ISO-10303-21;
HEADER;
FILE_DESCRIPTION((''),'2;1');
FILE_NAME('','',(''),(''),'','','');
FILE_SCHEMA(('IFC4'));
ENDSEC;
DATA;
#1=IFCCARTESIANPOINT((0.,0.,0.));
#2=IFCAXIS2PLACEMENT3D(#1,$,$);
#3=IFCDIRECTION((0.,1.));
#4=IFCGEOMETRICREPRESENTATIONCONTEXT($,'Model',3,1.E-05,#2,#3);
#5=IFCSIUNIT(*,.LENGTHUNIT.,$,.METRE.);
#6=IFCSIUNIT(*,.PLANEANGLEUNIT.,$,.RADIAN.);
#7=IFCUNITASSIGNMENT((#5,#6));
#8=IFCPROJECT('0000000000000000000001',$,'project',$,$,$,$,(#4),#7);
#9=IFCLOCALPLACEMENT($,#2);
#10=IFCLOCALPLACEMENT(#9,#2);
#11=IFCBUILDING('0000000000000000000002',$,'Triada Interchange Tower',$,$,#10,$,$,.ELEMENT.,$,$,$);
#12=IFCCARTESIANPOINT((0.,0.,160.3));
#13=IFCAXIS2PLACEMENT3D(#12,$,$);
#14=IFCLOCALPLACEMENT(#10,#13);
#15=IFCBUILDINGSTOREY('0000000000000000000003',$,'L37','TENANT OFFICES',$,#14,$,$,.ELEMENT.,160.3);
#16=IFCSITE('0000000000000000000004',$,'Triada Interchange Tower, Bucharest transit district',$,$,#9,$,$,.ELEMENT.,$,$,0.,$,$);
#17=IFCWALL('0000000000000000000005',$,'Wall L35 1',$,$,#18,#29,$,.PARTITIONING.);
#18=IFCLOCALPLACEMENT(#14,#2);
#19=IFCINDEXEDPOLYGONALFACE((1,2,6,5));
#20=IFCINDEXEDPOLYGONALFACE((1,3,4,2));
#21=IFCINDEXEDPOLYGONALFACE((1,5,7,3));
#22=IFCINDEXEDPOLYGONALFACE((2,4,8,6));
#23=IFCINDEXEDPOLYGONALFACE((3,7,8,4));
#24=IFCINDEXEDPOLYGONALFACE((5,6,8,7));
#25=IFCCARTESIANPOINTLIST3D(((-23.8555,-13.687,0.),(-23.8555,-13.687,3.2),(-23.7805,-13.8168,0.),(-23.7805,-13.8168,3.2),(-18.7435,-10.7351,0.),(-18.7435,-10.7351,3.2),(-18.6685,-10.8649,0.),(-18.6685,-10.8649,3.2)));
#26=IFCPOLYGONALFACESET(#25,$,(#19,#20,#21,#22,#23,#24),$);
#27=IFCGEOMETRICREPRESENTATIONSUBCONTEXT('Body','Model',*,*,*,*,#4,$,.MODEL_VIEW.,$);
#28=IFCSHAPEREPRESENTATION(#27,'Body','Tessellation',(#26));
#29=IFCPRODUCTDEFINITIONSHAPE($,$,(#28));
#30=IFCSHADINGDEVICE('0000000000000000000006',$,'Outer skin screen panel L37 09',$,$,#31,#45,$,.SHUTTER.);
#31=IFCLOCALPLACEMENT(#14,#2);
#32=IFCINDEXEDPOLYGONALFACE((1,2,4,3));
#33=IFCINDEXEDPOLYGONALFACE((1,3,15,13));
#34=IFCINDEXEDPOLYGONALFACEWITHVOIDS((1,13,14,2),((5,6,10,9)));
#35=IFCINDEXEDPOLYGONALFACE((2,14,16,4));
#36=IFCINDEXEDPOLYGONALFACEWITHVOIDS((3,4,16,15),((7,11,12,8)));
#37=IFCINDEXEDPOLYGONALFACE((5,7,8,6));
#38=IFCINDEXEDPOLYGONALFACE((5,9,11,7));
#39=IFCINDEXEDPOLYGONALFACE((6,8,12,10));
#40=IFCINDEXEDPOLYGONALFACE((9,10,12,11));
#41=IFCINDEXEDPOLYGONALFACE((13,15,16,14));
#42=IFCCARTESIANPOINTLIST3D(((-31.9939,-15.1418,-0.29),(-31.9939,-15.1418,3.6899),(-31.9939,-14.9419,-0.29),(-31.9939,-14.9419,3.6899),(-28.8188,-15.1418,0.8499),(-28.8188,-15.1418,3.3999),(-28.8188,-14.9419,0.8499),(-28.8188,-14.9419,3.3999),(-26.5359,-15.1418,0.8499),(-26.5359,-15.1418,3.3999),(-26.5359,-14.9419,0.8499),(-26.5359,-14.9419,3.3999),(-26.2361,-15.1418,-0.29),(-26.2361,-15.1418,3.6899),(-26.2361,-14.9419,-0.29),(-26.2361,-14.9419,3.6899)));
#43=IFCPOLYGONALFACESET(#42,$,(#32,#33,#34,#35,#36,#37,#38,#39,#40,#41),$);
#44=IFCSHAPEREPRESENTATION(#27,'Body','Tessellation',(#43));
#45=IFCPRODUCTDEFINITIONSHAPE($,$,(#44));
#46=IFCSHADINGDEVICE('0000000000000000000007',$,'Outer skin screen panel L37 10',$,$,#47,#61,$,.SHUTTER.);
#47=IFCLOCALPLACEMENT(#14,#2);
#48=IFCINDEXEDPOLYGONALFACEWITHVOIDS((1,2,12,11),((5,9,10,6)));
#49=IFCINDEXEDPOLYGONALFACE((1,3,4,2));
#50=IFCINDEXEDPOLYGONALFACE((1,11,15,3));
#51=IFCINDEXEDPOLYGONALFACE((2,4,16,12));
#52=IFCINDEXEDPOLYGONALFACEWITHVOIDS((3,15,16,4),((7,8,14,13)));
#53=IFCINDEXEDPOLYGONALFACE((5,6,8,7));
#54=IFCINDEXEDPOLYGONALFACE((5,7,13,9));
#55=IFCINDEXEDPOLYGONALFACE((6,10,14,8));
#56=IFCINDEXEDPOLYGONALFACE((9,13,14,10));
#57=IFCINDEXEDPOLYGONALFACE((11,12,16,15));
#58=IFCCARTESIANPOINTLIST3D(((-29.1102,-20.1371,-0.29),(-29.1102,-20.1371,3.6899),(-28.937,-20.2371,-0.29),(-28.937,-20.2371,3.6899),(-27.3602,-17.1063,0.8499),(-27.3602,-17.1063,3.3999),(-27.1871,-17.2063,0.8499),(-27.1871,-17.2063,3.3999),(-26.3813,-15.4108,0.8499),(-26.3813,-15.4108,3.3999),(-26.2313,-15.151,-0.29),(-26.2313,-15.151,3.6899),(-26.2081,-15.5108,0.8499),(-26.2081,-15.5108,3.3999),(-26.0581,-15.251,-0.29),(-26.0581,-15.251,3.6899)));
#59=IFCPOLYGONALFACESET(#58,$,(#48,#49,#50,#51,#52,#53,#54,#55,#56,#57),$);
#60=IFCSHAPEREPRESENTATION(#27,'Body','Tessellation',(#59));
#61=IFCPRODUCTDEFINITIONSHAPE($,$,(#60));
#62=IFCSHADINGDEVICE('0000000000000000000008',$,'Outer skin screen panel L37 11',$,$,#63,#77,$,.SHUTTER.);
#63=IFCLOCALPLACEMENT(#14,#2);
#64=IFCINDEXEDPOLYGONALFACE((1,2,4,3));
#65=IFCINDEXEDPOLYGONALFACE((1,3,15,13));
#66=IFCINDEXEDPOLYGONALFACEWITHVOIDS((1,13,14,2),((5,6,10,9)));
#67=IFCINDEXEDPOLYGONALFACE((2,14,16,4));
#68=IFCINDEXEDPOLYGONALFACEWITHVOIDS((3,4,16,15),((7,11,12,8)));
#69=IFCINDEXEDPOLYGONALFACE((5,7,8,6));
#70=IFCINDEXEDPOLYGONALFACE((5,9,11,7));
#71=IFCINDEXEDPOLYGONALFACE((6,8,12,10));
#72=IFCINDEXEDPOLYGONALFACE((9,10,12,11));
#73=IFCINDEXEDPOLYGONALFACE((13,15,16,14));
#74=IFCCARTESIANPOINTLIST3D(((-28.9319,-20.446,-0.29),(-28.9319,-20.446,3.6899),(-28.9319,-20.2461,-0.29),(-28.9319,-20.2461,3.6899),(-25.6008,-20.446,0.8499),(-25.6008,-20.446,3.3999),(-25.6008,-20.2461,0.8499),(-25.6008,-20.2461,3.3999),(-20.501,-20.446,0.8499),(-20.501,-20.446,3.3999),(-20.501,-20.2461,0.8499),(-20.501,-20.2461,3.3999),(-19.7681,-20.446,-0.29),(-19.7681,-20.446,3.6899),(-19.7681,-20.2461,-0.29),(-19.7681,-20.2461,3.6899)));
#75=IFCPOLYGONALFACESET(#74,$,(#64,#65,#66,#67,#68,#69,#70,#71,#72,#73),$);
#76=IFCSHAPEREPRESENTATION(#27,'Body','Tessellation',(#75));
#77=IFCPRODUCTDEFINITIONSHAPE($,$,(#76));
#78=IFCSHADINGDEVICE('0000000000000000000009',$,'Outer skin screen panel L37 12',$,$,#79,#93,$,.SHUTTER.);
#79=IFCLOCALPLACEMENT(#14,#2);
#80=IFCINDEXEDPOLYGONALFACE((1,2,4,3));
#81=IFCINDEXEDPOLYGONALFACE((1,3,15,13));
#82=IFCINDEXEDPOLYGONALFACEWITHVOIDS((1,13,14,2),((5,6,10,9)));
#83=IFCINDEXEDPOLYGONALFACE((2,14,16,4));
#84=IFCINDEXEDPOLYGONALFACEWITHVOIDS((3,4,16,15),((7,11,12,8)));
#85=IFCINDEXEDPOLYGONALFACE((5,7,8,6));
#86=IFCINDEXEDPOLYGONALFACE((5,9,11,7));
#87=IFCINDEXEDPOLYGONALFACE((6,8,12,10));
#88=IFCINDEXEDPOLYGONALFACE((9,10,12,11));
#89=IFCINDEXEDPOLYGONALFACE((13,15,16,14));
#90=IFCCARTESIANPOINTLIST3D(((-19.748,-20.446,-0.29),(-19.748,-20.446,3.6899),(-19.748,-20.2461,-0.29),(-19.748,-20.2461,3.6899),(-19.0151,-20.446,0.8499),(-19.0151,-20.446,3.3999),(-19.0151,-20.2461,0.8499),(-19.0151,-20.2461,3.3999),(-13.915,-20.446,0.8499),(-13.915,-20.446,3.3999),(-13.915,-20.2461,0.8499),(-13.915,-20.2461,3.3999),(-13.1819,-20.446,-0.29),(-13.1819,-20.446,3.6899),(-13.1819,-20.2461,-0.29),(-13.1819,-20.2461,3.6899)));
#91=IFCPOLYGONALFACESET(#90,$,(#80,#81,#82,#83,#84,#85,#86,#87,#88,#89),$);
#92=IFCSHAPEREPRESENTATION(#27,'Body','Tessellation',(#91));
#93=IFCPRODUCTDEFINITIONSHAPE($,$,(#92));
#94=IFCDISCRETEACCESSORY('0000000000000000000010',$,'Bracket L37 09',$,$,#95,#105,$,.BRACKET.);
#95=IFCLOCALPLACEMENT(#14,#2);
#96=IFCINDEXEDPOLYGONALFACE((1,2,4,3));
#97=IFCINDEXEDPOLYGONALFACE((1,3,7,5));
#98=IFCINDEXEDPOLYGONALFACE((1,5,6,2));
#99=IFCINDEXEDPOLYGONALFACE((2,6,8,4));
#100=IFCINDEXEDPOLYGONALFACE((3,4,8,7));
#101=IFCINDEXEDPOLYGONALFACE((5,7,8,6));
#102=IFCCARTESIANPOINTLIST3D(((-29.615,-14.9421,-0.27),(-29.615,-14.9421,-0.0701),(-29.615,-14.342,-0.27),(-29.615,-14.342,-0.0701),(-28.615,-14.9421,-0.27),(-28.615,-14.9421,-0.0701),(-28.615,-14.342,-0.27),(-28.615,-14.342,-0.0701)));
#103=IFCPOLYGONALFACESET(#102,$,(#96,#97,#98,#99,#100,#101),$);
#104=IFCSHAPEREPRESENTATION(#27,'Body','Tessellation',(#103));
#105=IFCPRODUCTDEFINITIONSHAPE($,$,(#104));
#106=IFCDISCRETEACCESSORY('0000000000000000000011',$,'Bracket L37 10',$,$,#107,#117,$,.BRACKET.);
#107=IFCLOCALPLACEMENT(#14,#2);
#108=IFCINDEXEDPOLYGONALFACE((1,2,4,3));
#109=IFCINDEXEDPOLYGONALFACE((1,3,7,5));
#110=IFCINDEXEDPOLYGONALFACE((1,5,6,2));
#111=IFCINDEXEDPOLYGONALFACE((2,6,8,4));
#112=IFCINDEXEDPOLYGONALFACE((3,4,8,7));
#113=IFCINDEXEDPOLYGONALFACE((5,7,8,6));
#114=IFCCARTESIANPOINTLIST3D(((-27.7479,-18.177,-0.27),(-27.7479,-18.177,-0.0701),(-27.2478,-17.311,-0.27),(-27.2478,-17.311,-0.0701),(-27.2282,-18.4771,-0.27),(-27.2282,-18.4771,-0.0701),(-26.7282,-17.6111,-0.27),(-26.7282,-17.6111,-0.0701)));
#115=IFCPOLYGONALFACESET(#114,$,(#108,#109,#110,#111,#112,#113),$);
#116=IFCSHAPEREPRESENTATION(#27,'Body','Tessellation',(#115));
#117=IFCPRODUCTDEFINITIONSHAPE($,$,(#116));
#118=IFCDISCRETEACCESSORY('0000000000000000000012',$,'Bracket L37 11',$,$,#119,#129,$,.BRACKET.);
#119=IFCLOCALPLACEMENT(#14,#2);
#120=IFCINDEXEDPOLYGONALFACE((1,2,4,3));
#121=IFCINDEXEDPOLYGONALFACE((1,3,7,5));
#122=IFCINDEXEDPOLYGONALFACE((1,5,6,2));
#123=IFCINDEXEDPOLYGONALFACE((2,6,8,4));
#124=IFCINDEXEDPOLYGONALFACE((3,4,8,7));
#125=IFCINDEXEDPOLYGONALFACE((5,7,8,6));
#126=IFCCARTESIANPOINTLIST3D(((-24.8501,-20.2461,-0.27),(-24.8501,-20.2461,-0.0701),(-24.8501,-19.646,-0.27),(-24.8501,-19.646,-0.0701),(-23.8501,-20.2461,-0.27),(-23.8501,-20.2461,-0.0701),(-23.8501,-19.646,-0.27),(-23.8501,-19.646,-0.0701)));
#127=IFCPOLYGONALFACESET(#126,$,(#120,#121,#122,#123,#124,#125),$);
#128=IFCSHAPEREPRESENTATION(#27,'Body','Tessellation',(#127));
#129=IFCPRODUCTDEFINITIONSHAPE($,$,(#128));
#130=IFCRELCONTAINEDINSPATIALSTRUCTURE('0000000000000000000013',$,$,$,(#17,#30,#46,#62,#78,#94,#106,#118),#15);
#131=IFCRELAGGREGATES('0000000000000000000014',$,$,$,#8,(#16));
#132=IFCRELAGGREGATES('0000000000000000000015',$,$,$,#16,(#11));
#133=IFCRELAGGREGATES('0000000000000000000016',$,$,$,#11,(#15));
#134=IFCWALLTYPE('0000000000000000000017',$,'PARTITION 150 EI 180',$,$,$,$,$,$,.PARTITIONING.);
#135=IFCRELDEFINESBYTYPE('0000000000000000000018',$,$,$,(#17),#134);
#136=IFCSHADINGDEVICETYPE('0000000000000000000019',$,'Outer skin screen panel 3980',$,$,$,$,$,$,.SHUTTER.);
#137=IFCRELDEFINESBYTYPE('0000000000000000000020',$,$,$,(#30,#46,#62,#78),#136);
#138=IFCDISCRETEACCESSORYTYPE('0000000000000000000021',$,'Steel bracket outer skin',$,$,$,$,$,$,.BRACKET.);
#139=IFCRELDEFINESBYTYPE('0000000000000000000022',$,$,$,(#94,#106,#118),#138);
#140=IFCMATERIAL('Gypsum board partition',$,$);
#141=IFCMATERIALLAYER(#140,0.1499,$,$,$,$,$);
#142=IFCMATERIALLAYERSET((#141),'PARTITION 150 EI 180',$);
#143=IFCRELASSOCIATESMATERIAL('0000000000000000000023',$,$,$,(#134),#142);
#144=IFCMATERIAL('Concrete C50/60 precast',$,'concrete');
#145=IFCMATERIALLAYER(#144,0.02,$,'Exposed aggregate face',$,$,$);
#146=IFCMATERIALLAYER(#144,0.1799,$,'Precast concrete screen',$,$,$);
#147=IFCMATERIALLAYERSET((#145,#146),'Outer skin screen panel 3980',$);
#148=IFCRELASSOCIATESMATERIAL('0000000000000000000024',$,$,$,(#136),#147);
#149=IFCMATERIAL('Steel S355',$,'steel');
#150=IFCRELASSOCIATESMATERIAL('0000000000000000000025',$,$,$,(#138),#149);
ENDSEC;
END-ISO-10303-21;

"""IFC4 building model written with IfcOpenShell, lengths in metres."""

from ifc_helpers import new_model, si_unit, direction, frame, frame_2d, origin, origin_2d, place, context, subcontext, project, spatial, polyline, rectangle, outline, extrude, material, layer, layer_set, type_object, element, save


model = new_model("IFC4")

# Units and contexts
model_context = context("Model", 3, precision=1e-05, world=origin(), true_north=direction((0.0, 1.0)))
body_context = subcontext(model_context, "Body", "Model", "MODEL_VIEW")
ifc_project = project(units=[si_unit("LENGTHUNIT", "METRE"), si_unit("PLANEANGLEUNIT", "RADIAN")], contexts=[model_context])

# Site, building, storey
site_placement = place(None, origin())
site = spatial("IfcSite", under=ifc_project, at=site_placement, Name="Triada Interchange Tower, Bucharest transit district", CompositionType="ELEMENT", RefElevation=0.0)
building_placement = place(site_placement, origin())
building = spatial("IfcBuilding", under=site, at=building_placement, Name="Triada Interchange Tower", CompositionType="ELEMENT")
storey_placement = place(building_placement, frame((0.0, 0.0, 160.3)))
storey = spatial("IfcBuildingStorey", under=building, at=storey_placement, Name="L37", Description="TENANT OFFICES", CompositionType="ELEMENT", Elevation=160.3)

# Wall
ifc_material_1 = material(Name="Gypsum board partition")
ifc_layer_1 = layer(ifc_material_1, 0.1499)
ifc_layer_set_1 = layer_set([ifc_layer_1], Name="PARTITION 150 EI 180")
wall_type_1 = type_object("IfcWallType", Name="PARTITION 150 EI 180", PredefinedType="PARTITIONING", material=ifc_layer_set_1)
wall_1_placement = place(storey_placement, frame((-23.8181, -13.752, 0.0), z_axis=(0.0, 0.0, 1.0), x_axis=(0.865992, 0.500058, 0.0)))
element("IfcWall", 1, at=wall_1_placement, inside=storey, type_object=wall_type_1, Name="Wall L35 1", PredefinedType="PARTITIONING", context=body_context, shape_type="SweptSolid", body=[
    extrude(rectangle(XDim=5.9031, YDim=0.1499, at=frame_2d((2.9517, 0.0))), origin(), (0.0, 0.0, 1.0), 3.2),
])

# Shading devices
ifc_material_2 = material(Name="Concrete C50/60 precast", Category="concrete")
ifc_layer_2 = layer(ifc_material_2, 0.02, Name="Exposed aggregate face")
ifc_layer_3 = layer(ifc_material_2, 0.1799, Name="Precast concrete screen")
ifc_layer_set_2 = layer_set([ifc_layer_2, ifc_layer_3], Name="Outer skin screen panel 3980")
shading_device_type = type_object("IfcShadingDeviceType", Name="Outer skin screen panel 3980", PredefinedType="SHUTTER", material=ifc_layer_set_2)
shading_device_1_placement = place(storey_placement, frame((-31.9939, -14.9419, -0.29), z_axis=(0.0, 0.0, 1.0), x_axis=(1.0, 0.0, 0.0)))
element("IfcShadingDevice", 2, at=shading_device_1_placement, inside=storey, type_object=shading_device_type, Name="Outer skin screen panel L37 09", PredefinedType="SHUTTER", context=body_context, shape_type="SweptSolid", body=[
    extrude(outline(polyline([(0.0, 0.0), (5.7578, 0.0), (5.7578, 3.98), (0.0, 3.98), (0.0, 0.0)]), holes=[polyline([(3.175, 1.1399), (3.175, 3.6899), (5.458, 3.6899), (5.458, 1.1399), (3.175, 1.1399)])]), frame((0.0, 0.0, 0.0), z_axis=(0.0, -1.0, 0.0), x_axis=(1.0, 0.0, 0.0)), (0.0, 0.0, 1.0), 0.2),
])
shading_device_2_placement = place(storey_placement, frame((-26.0581, -15.251, -0.29), z_axis=(0.0, 0.0, 1.0), x_axis=(-0.500025, -0.866011, 0.0)))
element("IfcShadingDevice", 3, at=shading_device_2_placement, inside=storey, type_object=shading_device_type, Name="Outer skin screen panel L37 10", PredefinedType="SHUTTER", context=body_context, shape_type="SweptSolid", body=[
    extrude(outline(polyline([(0.0, 0.0), (5.7576, 0.0), (5.7576, 3.98), (0.0, 3.98), (0.0, 0.0)]), holes=[polyline([(0.3, 1.1399), (0.3, 3.6899), (2.2578, 3.6899), (2.2578, 1.1399), (0.3, 1.1399)])]), frame((0.0, 0.0, 0.0), z_axis=(0.0, -1.0, 0.0), x_axis=(1.0, 0.0, 0.0)), (0.0, 0.0, 1.0), 0.2),
])
shading_device_3_placement = place(storey_placement, frame((-28.9319, -20.2461, -0.29), z_axis=(0.0, 0.0, 1.0), x_axis=(1.0, 0.0, 0.0)))
element("IfcShadingDevice", 4, at=shading_device_3_placement, inside=storey, type_object=shading_device_type, Name="Outer skin screen panel L37 11", PredefinedType="SHUTTER", context=body_context, shape_type="SweptSolid", body=[
    extrude(outline(polyline([(0.0, 0.0), (9.1638, 0.0), (9.1638, 3.98), (0.0, 3.98), (0.0, 0.0)]), holes=[polyline([(3.3311, 1.1399), (3.3311, 3.6899), (8.4309, 3.6899), (8.4309, 1.1399), (3.3311, 1.1399)])]), frame((0.0, 0.0, 0.0), z_axis=(0.0, -1.0, 0.0), x_axis=(1.0, 0.0, 0.0)), (0.0, 0.0, 1.0), 0.2),
])
shading_device_4_placement = place(storey_placement, frame((-19.748, -20.2461, -0.29), z_axis=(0.0, 0.0, 1.0), x_axis=(1.0, 0.0, 0.0)))
element("IfcShadingDevice", 5, at=shading_device_4_placement, inside=storey, type_object=shading_device_type, Name="Outer skin screen panel L37 12", PredefinedType="SHUTTER", context=body_context, shape_type="SweptSolid", body=[
    extrude(outline(polyline([(0.0, 0.0), (6.5662, 0.0), (6.5662, 3.98), (0.0, 3.98), (0.0, 0.0)]), holes=[polyline([(0.7329, 1.1399), (0.7329, 3.6899), (5.833, 3.6899), (5.833, 1.1399), (0.7329, 1.1399)])]), frame((0.0, 0.0, 0.0), z_axis=(0.0, -1.0, 0.0), x_axis=(1.0, 0.0, 0.0)), (0.0, 0.0, 1.0), 0.2),
])

# Discrete accessories
ifc_material_3 = material(Name="Steel S355", Category="steel")
discrete_accessory_type = type_object("IfcDiscreteAccessoryType", Name="Steel bracket outer skin", PredefinedType="BRACKET", material=ifc_material_3)
for number, where, z_axis, x_axis, name in (
    (6, (-29.115, -14.6421, -0.27), (0.0, 0.0, 1.0), (0.0, -1.0, 0.0), "Bracket L37 09"),
    (7, (-27.238, -17.894, -0.27), (0.0, 0.0, 1.0), (-0.865973, 0.50009, 0.0), "Bracket L37 10"),
    (8, (-24.3501, -19.946, -0.27), (0.0, 0.0, 1.0), (0.0, -1.0, 0.0), "Bracket L37 11"),
):
    element("IfcDiscreteAccessory", number, at=place(storey_placement, frame(where, z_axis=z_axis, x_axis=x_axis)), inside=storey, type_object=discrete_accessory_type, Name=name, PredefinedType="BRACKET", context=body_context, shape_type="SweptSolid", body=[
        extrude(rectangle(XDim=0.6001, YDim=1.0, at=origin_2d()), origin(), (0.0, 0.0, 1.0), 0.2),
    ])

save(model, "model.ifc")
